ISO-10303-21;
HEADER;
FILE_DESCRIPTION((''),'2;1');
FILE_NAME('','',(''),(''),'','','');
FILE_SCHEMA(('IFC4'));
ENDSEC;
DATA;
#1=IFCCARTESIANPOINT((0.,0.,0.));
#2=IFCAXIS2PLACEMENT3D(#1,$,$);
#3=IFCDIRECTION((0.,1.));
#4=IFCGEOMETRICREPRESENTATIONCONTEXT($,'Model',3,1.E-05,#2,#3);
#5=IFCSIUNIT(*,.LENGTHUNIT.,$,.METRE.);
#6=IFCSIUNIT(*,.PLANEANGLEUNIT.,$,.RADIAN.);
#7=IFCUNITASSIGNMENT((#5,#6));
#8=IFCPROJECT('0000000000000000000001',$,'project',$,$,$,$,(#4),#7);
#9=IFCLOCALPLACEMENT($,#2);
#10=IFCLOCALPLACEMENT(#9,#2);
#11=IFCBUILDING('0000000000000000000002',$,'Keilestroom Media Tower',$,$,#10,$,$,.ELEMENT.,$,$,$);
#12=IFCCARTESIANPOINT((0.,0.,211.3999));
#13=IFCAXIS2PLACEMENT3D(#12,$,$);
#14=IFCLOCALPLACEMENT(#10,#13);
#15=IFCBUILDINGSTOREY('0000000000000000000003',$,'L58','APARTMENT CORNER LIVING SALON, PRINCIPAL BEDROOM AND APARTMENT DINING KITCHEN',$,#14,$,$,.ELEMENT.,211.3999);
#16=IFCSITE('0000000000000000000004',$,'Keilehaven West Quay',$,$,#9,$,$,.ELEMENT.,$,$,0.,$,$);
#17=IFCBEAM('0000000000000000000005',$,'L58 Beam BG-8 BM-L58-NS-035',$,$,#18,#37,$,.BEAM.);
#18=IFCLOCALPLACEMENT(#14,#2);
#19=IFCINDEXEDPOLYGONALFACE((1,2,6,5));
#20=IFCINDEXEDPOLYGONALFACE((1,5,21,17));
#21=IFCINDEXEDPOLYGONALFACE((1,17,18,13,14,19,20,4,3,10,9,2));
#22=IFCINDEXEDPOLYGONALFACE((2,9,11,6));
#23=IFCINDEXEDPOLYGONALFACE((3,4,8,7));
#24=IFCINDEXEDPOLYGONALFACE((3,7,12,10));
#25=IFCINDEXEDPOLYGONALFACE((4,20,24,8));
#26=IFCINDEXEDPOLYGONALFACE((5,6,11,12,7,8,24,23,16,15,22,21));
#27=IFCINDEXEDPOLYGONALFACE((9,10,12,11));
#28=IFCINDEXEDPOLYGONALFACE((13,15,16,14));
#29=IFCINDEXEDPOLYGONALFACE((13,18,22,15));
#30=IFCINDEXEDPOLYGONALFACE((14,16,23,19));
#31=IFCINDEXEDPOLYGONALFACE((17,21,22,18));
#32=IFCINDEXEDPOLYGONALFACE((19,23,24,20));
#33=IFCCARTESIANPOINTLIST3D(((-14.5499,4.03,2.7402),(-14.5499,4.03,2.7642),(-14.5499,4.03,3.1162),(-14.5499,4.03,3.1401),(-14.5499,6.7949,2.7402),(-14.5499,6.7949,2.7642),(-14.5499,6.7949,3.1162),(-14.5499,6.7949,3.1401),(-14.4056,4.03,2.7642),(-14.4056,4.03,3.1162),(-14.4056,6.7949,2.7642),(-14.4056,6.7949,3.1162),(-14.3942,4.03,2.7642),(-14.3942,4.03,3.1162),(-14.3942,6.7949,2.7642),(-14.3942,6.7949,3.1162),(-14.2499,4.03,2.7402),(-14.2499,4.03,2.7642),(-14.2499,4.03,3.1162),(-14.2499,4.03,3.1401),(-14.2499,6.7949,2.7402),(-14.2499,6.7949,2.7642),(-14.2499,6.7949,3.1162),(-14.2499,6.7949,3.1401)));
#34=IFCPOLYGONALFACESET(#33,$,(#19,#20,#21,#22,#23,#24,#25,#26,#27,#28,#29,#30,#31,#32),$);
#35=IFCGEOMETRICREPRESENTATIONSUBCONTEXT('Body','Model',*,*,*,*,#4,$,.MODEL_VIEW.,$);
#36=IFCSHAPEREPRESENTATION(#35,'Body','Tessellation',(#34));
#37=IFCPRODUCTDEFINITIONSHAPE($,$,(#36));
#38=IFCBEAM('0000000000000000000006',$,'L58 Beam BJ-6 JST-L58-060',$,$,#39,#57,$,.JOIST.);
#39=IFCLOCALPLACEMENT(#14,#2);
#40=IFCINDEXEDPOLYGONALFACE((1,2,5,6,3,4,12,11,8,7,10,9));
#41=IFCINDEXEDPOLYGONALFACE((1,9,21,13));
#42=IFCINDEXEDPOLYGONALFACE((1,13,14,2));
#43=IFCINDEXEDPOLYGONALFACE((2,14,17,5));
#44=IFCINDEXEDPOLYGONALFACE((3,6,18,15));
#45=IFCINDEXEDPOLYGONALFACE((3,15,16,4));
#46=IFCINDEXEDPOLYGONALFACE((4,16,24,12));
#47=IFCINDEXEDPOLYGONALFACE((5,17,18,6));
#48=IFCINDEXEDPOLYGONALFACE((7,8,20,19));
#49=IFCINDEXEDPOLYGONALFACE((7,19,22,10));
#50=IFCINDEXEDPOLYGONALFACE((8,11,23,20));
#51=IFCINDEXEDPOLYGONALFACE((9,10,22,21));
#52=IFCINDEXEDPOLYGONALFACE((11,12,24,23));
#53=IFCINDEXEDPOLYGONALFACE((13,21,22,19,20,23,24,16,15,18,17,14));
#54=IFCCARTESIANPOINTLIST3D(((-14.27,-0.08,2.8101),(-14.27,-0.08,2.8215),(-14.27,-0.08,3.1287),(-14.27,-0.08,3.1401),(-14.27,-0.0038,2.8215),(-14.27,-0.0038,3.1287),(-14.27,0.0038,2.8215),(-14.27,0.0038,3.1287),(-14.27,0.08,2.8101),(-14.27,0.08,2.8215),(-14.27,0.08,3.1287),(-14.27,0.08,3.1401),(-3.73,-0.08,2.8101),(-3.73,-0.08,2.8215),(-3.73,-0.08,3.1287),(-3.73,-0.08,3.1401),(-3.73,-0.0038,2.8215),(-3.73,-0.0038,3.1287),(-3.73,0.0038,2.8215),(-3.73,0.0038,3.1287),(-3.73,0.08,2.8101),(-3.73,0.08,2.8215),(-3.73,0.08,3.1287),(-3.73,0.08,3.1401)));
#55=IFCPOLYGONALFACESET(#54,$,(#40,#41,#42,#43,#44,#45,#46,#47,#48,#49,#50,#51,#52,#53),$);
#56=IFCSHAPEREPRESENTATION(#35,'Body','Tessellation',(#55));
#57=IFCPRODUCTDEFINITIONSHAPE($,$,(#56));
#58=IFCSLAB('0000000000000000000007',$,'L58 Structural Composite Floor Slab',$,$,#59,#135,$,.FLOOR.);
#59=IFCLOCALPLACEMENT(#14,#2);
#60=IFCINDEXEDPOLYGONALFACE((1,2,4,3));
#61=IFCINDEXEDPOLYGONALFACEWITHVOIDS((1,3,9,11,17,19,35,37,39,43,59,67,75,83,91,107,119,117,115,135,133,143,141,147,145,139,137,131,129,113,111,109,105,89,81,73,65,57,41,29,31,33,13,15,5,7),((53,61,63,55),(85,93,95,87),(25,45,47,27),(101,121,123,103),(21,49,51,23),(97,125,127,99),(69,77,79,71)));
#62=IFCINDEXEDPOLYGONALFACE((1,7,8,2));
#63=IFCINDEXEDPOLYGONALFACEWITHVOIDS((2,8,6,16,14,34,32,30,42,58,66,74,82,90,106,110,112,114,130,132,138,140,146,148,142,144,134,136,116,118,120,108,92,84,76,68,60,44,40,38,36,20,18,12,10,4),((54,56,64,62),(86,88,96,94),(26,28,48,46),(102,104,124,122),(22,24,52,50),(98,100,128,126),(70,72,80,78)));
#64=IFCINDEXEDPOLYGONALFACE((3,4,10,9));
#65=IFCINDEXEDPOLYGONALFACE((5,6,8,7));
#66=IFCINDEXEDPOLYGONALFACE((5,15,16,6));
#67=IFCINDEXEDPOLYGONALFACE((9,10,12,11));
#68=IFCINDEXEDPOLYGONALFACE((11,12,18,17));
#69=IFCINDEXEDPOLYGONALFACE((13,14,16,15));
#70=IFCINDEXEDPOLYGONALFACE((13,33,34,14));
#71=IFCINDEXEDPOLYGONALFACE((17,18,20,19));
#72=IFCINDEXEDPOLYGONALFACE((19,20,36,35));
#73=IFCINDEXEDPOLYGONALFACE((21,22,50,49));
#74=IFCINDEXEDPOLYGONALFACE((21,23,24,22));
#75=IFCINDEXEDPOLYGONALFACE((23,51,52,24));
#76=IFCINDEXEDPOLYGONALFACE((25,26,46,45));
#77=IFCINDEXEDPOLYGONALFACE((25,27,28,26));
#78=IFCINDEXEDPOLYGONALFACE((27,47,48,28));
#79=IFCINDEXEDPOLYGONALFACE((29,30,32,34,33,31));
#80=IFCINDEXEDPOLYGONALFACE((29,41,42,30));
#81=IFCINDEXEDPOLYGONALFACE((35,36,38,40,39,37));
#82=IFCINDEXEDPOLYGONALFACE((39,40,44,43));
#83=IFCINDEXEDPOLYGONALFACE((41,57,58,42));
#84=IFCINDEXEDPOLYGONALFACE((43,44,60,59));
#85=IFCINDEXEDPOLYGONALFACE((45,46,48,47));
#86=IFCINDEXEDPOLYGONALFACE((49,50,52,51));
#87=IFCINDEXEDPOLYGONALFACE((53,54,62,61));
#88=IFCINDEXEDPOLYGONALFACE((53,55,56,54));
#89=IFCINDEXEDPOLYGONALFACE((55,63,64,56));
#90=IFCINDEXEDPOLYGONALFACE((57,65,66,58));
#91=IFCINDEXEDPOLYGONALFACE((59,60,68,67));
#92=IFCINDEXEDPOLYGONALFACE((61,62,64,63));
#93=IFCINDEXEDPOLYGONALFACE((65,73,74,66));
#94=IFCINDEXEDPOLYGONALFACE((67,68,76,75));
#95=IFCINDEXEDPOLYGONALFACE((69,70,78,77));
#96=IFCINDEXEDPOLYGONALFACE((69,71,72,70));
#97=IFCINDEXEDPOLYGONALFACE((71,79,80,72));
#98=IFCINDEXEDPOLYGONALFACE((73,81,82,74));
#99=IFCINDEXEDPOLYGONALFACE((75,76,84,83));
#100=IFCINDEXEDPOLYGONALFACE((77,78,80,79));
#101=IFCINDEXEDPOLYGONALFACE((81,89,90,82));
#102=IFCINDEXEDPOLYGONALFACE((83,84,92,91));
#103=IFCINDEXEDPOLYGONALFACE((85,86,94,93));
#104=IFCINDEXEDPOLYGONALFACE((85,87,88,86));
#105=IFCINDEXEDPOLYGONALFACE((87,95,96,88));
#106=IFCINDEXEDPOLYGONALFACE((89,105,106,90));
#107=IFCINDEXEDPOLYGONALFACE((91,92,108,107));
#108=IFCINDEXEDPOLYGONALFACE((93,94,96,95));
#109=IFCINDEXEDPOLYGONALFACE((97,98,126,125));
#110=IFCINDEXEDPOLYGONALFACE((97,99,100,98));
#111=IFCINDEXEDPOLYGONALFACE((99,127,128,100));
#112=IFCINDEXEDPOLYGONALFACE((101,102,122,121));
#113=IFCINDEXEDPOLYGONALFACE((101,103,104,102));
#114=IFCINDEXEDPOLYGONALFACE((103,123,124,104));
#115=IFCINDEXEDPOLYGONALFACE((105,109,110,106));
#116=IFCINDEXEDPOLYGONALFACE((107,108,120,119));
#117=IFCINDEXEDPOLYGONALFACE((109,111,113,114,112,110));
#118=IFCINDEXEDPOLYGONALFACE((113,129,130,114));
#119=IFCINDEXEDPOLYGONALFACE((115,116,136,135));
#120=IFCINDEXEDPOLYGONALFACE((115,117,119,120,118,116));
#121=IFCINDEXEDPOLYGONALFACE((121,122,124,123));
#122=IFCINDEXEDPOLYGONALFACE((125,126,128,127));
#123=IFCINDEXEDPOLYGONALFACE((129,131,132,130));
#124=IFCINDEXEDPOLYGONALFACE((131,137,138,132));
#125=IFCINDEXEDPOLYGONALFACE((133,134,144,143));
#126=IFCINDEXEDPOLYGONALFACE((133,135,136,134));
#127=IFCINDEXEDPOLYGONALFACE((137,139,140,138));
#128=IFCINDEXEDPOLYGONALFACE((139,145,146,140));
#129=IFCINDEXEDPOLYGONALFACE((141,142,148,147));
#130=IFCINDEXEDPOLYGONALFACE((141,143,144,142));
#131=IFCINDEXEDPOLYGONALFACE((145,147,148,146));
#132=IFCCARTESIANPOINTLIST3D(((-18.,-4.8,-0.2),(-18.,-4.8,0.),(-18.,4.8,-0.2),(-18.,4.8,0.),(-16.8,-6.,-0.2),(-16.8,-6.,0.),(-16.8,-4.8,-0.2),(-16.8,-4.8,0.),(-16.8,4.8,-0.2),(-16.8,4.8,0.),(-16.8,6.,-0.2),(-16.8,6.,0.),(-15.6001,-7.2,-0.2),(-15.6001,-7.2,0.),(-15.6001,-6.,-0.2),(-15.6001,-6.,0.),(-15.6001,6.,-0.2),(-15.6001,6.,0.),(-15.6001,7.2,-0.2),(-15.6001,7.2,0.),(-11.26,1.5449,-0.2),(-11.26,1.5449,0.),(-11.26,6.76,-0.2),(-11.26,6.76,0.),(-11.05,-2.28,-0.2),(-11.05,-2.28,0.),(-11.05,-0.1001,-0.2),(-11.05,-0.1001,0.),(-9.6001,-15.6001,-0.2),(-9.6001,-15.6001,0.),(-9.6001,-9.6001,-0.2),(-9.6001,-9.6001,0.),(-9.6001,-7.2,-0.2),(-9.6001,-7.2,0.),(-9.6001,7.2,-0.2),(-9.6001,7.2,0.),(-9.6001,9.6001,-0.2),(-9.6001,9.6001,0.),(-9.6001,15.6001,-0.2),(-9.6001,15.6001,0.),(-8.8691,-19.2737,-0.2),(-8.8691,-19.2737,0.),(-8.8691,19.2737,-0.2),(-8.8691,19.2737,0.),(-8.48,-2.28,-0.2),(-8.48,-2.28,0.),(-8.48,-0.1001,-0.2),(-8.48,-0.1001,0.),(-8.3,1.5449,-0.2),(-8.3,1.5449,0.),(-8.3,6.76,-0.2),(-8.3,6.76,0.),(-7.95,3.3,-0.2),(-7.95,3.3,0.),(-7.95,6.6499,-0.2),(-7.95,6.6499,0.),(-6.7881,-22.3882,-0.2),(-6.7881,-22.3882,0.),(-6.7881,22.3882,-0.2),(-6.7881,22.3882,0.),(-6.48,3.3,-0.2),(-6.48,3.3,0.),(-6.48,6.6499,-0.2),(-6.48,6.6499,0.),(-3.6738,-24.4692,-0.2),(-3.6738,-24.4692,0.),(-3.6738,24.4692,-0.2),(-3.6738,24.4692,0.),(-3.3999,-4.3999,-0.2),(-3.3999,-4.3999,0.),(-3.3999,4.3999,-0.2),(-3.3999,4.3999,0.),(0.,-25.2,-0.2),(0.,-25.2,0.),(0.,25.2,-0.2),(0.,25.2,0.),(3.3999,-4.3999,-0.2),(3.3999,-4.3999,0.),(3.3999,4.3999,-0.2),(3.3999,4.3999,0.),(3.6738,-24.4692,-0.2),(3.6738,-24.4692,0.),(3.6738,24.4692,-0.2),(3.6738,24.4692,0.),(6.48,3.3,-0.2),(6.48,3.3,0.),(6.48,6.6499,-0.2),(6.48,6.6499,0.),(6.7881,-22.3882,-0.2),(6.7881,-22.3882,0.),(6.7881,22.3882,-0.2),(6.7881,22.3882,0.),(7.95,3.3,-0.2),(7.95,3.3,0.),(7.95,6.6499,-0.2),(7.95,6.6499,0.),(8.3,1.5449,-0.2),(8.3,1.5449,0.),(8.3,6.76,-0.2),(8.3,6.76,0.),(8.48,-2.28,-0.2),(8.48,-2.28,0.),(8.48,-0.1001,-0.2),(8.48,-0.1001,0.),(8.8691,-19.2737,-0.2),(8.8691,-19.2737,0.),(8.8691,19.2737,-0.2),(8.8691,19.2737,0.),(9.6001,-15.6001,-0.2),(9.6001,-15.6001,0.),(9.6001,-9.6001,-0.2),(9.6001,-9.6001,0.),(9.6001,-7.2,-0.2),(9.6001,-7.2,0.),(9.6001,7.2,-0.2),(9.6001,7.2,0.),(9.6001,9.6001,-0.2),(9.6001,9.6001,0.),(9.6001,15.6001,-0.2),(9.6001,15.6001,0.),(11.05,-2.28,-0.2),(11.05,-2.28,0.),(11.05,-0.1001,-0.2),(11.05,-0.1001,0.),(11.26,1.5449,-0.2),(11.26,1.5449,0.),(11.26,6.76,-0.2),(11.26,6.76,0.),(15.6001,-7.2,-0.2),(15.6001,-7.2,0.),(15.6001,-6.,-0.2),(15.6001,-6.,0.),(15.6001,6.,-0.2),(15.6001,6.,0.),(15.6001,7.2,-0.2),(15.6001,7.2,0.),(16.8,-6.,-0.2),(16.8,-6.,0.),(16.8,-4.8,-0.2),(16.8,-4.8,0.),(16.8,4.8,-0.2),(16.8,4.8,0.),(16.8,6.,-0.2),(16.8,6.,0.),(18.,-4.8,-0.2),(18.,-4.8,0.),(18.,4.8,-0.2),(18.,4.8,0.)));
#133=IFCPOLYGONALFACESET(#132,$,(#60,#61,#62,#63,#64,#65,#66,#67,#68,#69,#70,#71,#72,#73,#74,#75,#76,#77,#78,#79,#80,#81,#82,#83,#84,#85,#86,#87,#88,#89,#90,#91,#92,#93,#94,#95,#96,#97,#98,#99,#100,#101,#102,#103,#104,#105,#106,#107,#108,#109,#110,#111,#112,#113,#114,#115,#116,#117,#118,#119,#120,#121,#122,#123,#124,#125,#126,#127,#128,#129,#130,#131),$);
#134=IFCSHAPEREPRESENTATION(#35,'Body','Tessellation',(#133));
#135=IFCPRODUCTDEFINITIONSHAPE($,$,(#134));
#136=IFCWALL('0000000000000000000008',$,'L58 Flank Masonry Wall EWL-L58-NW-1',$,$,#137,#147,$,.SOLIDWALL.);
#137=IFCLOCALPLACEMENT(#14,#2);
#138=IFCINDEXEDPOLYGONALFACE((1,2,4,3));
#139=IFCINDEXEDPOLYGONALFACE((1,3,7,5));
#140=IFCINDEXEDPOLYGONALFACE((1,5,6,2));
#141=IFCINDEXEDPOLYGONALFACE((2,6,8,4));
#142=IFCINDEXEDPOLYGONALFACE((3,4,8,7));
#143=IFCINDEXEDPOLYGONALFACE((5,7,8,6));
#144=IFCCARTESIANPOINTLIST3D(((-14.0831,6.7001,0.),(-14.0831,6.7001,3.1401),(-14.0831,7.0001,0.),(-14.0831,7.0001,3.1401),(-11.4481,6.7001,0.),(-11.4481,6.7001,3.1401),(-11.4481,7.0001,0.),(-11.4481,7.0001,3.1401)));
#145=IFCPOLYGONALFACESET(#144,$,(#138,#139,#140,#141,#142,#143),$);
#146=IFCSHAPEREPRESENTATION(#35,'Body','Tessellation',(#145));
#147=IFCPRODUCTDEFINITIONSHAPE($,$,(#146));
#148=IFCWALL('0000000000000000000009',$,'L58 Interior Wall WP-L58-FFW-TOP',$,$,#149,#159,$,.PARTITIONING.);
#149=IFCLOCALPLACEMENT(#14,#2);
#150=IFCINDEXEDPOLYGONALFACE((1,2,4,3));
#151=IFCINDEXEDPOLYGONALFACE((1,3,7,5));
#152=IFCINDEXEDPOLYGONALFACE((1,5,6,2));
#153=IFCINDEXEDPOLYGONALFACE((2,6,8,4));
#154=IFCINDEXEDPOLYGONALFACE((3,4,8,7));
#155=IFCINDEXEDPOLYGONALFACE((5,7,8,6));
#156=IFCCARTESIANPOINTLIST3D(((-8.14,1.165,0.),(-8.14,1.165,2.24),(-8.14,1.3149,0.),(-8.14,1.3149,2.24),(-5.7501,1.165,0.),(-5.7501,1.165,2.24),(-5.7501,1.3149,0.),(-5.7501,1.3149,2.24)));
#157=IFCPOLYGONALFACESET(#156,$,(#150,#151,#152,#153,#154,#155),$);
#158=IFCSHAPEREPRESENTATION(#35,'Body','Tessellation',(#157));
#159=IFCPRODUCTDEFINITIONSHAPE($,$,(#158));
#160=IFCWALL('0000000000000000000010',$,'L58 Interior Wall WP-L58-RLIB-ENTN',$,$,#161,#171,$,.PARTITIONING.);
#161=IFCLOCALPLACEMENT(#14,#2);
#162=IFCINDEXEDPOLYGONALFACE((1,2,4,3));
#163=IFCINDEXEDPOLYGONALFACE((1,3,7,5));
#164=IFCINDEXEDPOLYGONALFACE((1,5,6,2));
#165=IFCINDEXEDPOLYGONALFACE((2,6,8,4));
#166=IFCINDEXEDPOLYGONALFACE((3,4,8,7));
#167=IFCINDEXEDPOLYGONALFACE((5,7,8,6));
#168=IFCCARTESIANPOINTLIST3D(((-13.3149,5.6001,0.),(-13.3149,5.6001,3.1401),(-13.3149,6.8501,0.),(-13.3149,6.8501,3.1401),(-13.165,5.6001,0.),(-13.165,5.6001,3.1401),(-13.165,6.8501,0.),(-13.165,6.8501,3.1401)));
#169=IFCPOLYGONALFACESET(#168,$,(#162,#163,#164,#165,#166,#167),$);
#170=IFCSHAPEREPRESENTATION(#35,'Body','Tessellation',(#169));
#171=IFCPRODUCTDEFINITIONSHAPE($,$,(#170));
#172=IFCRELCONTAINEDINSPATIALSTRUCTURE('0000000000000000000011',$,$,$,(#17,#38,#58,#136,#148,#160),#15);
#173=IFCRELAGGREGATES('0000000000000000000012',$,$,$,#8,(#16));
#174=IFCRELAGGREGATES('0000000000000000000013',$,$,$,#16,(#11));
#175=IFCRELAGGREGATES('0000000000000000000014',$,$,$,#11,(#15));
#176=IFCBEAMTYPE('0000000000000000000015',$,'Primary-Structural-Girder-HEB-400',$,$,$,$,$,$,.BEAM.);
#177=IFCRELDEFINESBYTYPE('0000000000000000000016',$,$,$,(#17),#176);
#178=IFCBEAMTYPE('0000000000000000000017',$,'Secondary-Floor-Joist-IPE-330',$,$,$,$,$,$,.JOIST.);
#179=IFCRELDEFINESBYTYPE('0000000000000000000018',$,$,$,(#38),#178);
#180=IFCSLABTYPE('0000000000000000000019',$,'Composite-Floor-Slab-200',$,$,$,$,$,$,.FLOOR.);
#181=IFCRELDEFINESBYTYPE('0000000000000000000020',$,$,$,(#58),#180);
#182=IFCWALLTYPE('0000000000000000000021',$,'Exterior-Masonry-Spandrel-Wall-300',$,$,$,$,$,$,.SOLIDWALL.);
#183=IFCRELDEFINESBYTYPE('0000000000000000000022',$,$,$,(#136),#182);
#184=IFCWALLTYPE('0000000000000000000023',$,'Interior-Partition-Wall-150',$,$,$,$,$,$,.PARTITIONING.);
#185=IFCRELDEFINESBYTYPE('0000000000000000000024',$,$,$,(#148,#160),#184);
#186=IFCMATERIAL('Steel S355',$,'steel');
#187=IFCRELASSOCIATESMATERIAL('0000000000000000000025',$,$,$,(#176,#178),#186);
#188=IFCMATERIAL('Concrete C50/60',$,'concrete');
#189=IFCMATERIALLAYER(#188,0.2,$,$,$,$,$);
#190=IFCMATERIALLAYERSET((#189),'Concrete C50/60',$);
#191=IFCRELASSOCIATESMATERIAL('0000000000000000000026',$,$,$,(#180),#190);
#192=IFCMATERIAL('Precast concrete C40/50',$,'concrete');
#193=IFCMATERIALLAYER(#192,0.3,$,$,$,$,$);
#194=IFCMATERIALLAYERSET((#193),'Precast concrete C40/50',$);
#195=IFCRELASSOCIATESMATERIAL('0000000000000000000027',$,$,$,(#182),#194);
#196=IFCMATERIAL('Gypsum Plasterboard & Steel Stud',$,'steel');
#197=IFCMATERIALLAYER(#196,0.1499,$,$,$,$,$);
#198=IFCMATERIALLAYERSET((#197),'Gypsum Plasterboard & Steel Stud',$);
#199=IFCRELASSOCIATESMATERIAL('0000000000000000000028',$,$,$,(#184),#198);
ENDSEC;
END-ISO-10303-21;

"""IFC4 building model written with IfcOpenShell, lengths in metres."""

from ifc_helpers import new_model, si_unit, direction, frame, frame_2d, origin, origin_2d, place, context, subcontext, project, spatial, polyline, rectangle, i_section, outline, extrude, source, transform, mapped, material, layer, layer_set, material_profile, profile_set, type_object, element, save


model = new_model("IFC4")

# Units and contexts
model_context = context("Model", 3, precision=1e-05, world=origin(), true_north=direction((0.0, 1.0)))
body_context = subcontext(model_context, "Body", "Model", "MODEL_VIEW")
ifc_project = project(units=[si_unit("LENGTHUNIT", "METRE"), si_unit("PLANEANGLEUNIT", "RADIAN")], contexts=[model_context])

# Site, building, storey
site_placement = place(None, origin())
site = spatial("IfcSite", under=ifc_project, at=site_placement, Name="Keilehaven West Quay", CompositionType="ELEMENT", RefElevation=0.0)
building_placement = place(site_placement, origin())
building = spatial("IfcBuilding", under=site, at=building_placement, Name="Keilestroom Media Tower", CompositionType="ELEMENT")
storey_placement = place(building_placement, frame((0.0, 0.0, 211.3999)))
storey = spatial("IfcBuildingStorey", under=building, at=storey_placement, Name="L58", Description="APARTMENT CORNER LIVING SALON, PRINCIPAL BEDROOM AND APARTMENT DINING KITCHEN", CompositionType="ELEMENT", Elevation=211.3999)

# Beams
ifc_material_1 = material(Name="Steel S355", Category="steel")
ifc_material_profile_1 = material_profile(ifc_material_1, i_section(OverallWidth=0.3, OverallDepth=0.3999, WebThickness=0.0115, FlangeThickness=0.0239, at=origin_2d()), Name="HEB 400")
ifc_profile_set_1 = profile_set([ifc_material_profile_1], Name="Steel S355")
beam_type_1 = type_object("IfcBeamType", Name="Primary-Structural-Girder-HEB-400", PredefinedType="BEAM", material=ifc_profile_set_1)
shared_shape_1 = source(origin(), body_context, "Body", "SweptSolid", [
    extrude(i_section(OverallWidth=0.3, OverallDepth=0.3999, WebThickness=0.0115, FlangeThickness=0.0239, at=origin_2d()), origin(), (0.0, 0.0, 1.0), 2.7649),
])
beam_1_placement = place(storey_placement, frame((-14.3999, 4.03, 2.9402), z_axis=(0.0, 1.0, 0.0), x_axis=(-1.0, 0.0, 0.0)))
element("IfcBeam", 1, at=beam_1_placement, inside=storey, type_object=beam_type_1, Name="L58 Beam BG-8 BM-L58-NS-035", PredefinedType="BEAM", context=body_context, shape_type="MappedRepresentation", body=[
    mapped(shared_shape_1, transform((0.0, 0.0, 0.0), x_axis=(1.0, 0.0, 0.0), y_axis=(0.0, 1.0, 0.0), z_axis=(0.0, 0.0, 1.0), scale=1.0)),
])
ifc_material_profile_2 = material_profile(ifc_material_1, i_section(OverallWidth=0.1599, OverallDepth=0.3301, WebThickness=0.0076, FlangeThickness=0.0115, at=origin_2d()), Name="IPE 330")
ifc_profile_set_2 = profile_set([ifc_material_profile_2], Name="Steel S355")
beam_type_2 = type_object("IfcBeamType", Name="Secondary-Floor-Joist-IPE-330", PredefinedType="JOIST", material=ifc_profile_set_2)
shared_shape_2 = source(origin(), body_context, "Body", "SweptSolid", [
    extrude(i_section(OverallWidth=0.1599, OverallDepth=0.3301, WebThickness=0.0076, FlangeThickness=0.0115, at=origin_2d()), origin(), (0.0, 0.0, 1.0), 10.54),
])
beam_2_placement = place(storey_placement, frame((-14.27, 0.0, 2.9751), z_axis=(1.0, 0.0, 0.0), x_axis=(0.0, 1.0, 0.0)))
element("IfcBeam", 2, at=beam_2_placement, inside=storey, type_object=beam_type_2, Name="L58 Beam BJ-6 JST-L58-060", PredefinedType="JOIST", context=body_context, shape_type="MappedRepresentation", body=[
    mapped(shared_shape_2, transform((0.0, 0.0, 0.0), x_axis=(1.0, 0.0, 0.0), y_axis=(0.0, 1.0, 0.0), z_axis=(0.0, 0.0, 1.0), scale=1.0)),
])

# Slab
ifc_material_2 = material(Name="Concrete C50/60", Category="concrete")
ifc_layer_1 = layer(ifc_material_2, 0.2)
ifc_layer_set_1 = layer_set([ifc_layer_1], Name="Concrete C50/60")
slab_type = type_object("IfcSlabType", Name="Composite-Floor-Slab-200", PredefinedType="FLOOR", material=ifc_layer_set_1)
slab_placement = place(storey_placement, frame((0.0, 0.0, -0.2)))
element("IfcSlab", 3, at=slab_placement, inside=storey, type_object=slab_type, Name="L58 Structural Composite Floor Slab", PredefinedType="FLOOR", context=body_context, shape_type="SweptSolid", body=[
    extrude(outline(polyline([(18.0, -4.8), (18.0, 4.8), (16.8, 4.8), (16.8, 6.0), (15.6001, 6.0), (15.6001, 7.2), (9.6001, 7.2), (9.6001, 9.6001), (9.6001, 15.6001), (8.8691, 19.2737), (6.7881, 22.3882), (3.6738, 24.4692), (0.0, 25.2), (-3.6738, 24.4692), (-6.7881, 22.3882), (-8.8691, 19.2737), (-9.6001, 15.6001), (-9.6001, 9.6001), (-9.6001, 7.2), (-15.6001, 7.2), (-15.6001, 6.0), (-16.8, 6.0), (-16.8, 4.8), (-18.0, 4.8), (-18.0, -4.8), (-16.8, -4.8), (-16.8, -6.0), (-15.6001, -6.0), (-15.6001, -7.2), (-9.6001, -7.2), (-9.6001, -9.6001), (-9.6001, -15.6001), (-8.8691, -19.2737), (-6.7881, -22.3882), (-3.6738, -24.4692), (0.0, -25.2), (3.6738, -24.4692), (6.7881, -22.3882), (8.8691, -19.2737), (9.6001, -15.6001), (9.6001, -9.6001), (9.6001, -7.2), (15.6001, -7.2), (15.6001, -6.0), (16.8, -6.0), (16.8, -4.8), (18.0, -4.8)]), holes=[polyline([(-8.3, 1.5449), (-11.26, 1.5449), (-11.26, 6.76), (-8.3, 6.76), (-8.3, 1.5449)]), polyline([(-8.48, -2.28), (-11.05, -2.28), (-11.05, -0.1001), (-8.48, -0.1001), (-8.48, -2.28)]), polyline([(-6.48, 3.3), (-7.95, 3.3), (-7.95, 6.6499), (-6.48, 6.6499), (-6.48, 3.3)]), polyline([(3.3999, -4.3999), (-3.3999, -4.3999), (-3.3999, 4.3999), (3.3999, 4.3999), (3.3999, -4.3999)]), polyline([(7.95, 3.3), (6.48, 3.3), (6.48, 6.6499), (7.95, 6.6499), (7.95, 3.3)]), polyline([(11.26, 1.5449), (8.3, 1.5449), (8.3, 6.76), (11.26, 6.76), (11.26, 1.5449)]), polyline([(11.05, -2.28), (8.48, -2.28), (8.48, -0.1001), (11.05, -0.1001), (11.05, -2.28)])]), origin(), (0.0, 0.0, 1.0), 0.2),
])

# Walls
ifc_material_3 = material(Name="Precast concrete C40/50", Category="concrete")
ifc_layer_2 = layer(ifc_material_3, 0.3)
ifc_layer_set_2 = layer_set([ifc_layer_2], Name="Precast concrete C40/50")
wall_type_1 = type_object("IfcWallType", Name="Exterior-Masonry-Spandrel-Wall-300", PredefinedType="SOLIDWALL", material=ifc_layer_set_2)
wall_1_placement = place(storey_placement, frame((-14.083, 6.8501, 0.0), z_axis=(0.0, 0.0, 1.0), x_axis=(1.0, 0.0, 0.0)))
element("IfcWall", 4, at=wall_1_placement, inside=storey, type_object=wall_type_1, Name="L58 Flank Masonry Wall EWL-L58-NW-1", PredefinedType="SOLIDWALL", context=body_context, shape_type="SweptSolid", body=[
    extrude(rectangle(XDim=2.635, YDim=0.3, at=frame_2d((1.3174, 0.0))), origin(), (0.0, 0.0, 1.0), 3.1401),
])
ifc_material_4 = material(Name="Gypsum Plasterboard & Steel Stud", Category="steel")
ifc_layer_3 = layer(ifc_material_4, 0.1499)
ifc_layer_set_3 = layer_set([ifc_layer_3], Name="Gypsum Plasterboard & Steel Stud")
wall_type_2 = type_object("IfcWallType", Name="Interior-Partition-Wall-150", PredefinedType="PARTITIONING", material=ifc_layer_set_3)
wall_2_placement = place(storey_placement, frame((-8.1399, 1.24, 0.0), z_axis=(0.0, 0.0, 1.0), x_axis=(1.0, 0.0, 0.0)))
element("IfcWall", 5, at=wall_2_placement, inside=storey, type_object=wall_type_2, Name="L58 Interior Wall WP-L58-FFW-TOP", PredefinedType="PARTITIONING", context=body_context, shape_type="SweptSolid", body=[
    extrude(rectangle(XDim=2.3899, YDim=0.1499, at=frame_2d((1.1948, 0.0))), origin(), (0.0, 0.0, 1.0), 2.24),
])
wall_3_placement = place(storey_placement, frame((-13.24, 5.6001, 0.0), z_axis=(0.0, 0.0, 1.0), x_axis=(0.0, 1.0, 0.0)))
element("IfcWall", 6, at=wall_3_placement, inside=storey, type_object=wall_type_2, Name="L58 Interior Wall WP-L58-RLIB-ENTN", PredefinedType="PARTITIONING", context=body_context, shape_type="SweptSolid", body=[
    extrude(rectangle(XDim=1.25, YDim=0.1499, at=frame_2d((0.625, 0.0))), origin(), (0.0, 0.0, 1.0), 3.1401),
])

save(model, "model.ifc")
